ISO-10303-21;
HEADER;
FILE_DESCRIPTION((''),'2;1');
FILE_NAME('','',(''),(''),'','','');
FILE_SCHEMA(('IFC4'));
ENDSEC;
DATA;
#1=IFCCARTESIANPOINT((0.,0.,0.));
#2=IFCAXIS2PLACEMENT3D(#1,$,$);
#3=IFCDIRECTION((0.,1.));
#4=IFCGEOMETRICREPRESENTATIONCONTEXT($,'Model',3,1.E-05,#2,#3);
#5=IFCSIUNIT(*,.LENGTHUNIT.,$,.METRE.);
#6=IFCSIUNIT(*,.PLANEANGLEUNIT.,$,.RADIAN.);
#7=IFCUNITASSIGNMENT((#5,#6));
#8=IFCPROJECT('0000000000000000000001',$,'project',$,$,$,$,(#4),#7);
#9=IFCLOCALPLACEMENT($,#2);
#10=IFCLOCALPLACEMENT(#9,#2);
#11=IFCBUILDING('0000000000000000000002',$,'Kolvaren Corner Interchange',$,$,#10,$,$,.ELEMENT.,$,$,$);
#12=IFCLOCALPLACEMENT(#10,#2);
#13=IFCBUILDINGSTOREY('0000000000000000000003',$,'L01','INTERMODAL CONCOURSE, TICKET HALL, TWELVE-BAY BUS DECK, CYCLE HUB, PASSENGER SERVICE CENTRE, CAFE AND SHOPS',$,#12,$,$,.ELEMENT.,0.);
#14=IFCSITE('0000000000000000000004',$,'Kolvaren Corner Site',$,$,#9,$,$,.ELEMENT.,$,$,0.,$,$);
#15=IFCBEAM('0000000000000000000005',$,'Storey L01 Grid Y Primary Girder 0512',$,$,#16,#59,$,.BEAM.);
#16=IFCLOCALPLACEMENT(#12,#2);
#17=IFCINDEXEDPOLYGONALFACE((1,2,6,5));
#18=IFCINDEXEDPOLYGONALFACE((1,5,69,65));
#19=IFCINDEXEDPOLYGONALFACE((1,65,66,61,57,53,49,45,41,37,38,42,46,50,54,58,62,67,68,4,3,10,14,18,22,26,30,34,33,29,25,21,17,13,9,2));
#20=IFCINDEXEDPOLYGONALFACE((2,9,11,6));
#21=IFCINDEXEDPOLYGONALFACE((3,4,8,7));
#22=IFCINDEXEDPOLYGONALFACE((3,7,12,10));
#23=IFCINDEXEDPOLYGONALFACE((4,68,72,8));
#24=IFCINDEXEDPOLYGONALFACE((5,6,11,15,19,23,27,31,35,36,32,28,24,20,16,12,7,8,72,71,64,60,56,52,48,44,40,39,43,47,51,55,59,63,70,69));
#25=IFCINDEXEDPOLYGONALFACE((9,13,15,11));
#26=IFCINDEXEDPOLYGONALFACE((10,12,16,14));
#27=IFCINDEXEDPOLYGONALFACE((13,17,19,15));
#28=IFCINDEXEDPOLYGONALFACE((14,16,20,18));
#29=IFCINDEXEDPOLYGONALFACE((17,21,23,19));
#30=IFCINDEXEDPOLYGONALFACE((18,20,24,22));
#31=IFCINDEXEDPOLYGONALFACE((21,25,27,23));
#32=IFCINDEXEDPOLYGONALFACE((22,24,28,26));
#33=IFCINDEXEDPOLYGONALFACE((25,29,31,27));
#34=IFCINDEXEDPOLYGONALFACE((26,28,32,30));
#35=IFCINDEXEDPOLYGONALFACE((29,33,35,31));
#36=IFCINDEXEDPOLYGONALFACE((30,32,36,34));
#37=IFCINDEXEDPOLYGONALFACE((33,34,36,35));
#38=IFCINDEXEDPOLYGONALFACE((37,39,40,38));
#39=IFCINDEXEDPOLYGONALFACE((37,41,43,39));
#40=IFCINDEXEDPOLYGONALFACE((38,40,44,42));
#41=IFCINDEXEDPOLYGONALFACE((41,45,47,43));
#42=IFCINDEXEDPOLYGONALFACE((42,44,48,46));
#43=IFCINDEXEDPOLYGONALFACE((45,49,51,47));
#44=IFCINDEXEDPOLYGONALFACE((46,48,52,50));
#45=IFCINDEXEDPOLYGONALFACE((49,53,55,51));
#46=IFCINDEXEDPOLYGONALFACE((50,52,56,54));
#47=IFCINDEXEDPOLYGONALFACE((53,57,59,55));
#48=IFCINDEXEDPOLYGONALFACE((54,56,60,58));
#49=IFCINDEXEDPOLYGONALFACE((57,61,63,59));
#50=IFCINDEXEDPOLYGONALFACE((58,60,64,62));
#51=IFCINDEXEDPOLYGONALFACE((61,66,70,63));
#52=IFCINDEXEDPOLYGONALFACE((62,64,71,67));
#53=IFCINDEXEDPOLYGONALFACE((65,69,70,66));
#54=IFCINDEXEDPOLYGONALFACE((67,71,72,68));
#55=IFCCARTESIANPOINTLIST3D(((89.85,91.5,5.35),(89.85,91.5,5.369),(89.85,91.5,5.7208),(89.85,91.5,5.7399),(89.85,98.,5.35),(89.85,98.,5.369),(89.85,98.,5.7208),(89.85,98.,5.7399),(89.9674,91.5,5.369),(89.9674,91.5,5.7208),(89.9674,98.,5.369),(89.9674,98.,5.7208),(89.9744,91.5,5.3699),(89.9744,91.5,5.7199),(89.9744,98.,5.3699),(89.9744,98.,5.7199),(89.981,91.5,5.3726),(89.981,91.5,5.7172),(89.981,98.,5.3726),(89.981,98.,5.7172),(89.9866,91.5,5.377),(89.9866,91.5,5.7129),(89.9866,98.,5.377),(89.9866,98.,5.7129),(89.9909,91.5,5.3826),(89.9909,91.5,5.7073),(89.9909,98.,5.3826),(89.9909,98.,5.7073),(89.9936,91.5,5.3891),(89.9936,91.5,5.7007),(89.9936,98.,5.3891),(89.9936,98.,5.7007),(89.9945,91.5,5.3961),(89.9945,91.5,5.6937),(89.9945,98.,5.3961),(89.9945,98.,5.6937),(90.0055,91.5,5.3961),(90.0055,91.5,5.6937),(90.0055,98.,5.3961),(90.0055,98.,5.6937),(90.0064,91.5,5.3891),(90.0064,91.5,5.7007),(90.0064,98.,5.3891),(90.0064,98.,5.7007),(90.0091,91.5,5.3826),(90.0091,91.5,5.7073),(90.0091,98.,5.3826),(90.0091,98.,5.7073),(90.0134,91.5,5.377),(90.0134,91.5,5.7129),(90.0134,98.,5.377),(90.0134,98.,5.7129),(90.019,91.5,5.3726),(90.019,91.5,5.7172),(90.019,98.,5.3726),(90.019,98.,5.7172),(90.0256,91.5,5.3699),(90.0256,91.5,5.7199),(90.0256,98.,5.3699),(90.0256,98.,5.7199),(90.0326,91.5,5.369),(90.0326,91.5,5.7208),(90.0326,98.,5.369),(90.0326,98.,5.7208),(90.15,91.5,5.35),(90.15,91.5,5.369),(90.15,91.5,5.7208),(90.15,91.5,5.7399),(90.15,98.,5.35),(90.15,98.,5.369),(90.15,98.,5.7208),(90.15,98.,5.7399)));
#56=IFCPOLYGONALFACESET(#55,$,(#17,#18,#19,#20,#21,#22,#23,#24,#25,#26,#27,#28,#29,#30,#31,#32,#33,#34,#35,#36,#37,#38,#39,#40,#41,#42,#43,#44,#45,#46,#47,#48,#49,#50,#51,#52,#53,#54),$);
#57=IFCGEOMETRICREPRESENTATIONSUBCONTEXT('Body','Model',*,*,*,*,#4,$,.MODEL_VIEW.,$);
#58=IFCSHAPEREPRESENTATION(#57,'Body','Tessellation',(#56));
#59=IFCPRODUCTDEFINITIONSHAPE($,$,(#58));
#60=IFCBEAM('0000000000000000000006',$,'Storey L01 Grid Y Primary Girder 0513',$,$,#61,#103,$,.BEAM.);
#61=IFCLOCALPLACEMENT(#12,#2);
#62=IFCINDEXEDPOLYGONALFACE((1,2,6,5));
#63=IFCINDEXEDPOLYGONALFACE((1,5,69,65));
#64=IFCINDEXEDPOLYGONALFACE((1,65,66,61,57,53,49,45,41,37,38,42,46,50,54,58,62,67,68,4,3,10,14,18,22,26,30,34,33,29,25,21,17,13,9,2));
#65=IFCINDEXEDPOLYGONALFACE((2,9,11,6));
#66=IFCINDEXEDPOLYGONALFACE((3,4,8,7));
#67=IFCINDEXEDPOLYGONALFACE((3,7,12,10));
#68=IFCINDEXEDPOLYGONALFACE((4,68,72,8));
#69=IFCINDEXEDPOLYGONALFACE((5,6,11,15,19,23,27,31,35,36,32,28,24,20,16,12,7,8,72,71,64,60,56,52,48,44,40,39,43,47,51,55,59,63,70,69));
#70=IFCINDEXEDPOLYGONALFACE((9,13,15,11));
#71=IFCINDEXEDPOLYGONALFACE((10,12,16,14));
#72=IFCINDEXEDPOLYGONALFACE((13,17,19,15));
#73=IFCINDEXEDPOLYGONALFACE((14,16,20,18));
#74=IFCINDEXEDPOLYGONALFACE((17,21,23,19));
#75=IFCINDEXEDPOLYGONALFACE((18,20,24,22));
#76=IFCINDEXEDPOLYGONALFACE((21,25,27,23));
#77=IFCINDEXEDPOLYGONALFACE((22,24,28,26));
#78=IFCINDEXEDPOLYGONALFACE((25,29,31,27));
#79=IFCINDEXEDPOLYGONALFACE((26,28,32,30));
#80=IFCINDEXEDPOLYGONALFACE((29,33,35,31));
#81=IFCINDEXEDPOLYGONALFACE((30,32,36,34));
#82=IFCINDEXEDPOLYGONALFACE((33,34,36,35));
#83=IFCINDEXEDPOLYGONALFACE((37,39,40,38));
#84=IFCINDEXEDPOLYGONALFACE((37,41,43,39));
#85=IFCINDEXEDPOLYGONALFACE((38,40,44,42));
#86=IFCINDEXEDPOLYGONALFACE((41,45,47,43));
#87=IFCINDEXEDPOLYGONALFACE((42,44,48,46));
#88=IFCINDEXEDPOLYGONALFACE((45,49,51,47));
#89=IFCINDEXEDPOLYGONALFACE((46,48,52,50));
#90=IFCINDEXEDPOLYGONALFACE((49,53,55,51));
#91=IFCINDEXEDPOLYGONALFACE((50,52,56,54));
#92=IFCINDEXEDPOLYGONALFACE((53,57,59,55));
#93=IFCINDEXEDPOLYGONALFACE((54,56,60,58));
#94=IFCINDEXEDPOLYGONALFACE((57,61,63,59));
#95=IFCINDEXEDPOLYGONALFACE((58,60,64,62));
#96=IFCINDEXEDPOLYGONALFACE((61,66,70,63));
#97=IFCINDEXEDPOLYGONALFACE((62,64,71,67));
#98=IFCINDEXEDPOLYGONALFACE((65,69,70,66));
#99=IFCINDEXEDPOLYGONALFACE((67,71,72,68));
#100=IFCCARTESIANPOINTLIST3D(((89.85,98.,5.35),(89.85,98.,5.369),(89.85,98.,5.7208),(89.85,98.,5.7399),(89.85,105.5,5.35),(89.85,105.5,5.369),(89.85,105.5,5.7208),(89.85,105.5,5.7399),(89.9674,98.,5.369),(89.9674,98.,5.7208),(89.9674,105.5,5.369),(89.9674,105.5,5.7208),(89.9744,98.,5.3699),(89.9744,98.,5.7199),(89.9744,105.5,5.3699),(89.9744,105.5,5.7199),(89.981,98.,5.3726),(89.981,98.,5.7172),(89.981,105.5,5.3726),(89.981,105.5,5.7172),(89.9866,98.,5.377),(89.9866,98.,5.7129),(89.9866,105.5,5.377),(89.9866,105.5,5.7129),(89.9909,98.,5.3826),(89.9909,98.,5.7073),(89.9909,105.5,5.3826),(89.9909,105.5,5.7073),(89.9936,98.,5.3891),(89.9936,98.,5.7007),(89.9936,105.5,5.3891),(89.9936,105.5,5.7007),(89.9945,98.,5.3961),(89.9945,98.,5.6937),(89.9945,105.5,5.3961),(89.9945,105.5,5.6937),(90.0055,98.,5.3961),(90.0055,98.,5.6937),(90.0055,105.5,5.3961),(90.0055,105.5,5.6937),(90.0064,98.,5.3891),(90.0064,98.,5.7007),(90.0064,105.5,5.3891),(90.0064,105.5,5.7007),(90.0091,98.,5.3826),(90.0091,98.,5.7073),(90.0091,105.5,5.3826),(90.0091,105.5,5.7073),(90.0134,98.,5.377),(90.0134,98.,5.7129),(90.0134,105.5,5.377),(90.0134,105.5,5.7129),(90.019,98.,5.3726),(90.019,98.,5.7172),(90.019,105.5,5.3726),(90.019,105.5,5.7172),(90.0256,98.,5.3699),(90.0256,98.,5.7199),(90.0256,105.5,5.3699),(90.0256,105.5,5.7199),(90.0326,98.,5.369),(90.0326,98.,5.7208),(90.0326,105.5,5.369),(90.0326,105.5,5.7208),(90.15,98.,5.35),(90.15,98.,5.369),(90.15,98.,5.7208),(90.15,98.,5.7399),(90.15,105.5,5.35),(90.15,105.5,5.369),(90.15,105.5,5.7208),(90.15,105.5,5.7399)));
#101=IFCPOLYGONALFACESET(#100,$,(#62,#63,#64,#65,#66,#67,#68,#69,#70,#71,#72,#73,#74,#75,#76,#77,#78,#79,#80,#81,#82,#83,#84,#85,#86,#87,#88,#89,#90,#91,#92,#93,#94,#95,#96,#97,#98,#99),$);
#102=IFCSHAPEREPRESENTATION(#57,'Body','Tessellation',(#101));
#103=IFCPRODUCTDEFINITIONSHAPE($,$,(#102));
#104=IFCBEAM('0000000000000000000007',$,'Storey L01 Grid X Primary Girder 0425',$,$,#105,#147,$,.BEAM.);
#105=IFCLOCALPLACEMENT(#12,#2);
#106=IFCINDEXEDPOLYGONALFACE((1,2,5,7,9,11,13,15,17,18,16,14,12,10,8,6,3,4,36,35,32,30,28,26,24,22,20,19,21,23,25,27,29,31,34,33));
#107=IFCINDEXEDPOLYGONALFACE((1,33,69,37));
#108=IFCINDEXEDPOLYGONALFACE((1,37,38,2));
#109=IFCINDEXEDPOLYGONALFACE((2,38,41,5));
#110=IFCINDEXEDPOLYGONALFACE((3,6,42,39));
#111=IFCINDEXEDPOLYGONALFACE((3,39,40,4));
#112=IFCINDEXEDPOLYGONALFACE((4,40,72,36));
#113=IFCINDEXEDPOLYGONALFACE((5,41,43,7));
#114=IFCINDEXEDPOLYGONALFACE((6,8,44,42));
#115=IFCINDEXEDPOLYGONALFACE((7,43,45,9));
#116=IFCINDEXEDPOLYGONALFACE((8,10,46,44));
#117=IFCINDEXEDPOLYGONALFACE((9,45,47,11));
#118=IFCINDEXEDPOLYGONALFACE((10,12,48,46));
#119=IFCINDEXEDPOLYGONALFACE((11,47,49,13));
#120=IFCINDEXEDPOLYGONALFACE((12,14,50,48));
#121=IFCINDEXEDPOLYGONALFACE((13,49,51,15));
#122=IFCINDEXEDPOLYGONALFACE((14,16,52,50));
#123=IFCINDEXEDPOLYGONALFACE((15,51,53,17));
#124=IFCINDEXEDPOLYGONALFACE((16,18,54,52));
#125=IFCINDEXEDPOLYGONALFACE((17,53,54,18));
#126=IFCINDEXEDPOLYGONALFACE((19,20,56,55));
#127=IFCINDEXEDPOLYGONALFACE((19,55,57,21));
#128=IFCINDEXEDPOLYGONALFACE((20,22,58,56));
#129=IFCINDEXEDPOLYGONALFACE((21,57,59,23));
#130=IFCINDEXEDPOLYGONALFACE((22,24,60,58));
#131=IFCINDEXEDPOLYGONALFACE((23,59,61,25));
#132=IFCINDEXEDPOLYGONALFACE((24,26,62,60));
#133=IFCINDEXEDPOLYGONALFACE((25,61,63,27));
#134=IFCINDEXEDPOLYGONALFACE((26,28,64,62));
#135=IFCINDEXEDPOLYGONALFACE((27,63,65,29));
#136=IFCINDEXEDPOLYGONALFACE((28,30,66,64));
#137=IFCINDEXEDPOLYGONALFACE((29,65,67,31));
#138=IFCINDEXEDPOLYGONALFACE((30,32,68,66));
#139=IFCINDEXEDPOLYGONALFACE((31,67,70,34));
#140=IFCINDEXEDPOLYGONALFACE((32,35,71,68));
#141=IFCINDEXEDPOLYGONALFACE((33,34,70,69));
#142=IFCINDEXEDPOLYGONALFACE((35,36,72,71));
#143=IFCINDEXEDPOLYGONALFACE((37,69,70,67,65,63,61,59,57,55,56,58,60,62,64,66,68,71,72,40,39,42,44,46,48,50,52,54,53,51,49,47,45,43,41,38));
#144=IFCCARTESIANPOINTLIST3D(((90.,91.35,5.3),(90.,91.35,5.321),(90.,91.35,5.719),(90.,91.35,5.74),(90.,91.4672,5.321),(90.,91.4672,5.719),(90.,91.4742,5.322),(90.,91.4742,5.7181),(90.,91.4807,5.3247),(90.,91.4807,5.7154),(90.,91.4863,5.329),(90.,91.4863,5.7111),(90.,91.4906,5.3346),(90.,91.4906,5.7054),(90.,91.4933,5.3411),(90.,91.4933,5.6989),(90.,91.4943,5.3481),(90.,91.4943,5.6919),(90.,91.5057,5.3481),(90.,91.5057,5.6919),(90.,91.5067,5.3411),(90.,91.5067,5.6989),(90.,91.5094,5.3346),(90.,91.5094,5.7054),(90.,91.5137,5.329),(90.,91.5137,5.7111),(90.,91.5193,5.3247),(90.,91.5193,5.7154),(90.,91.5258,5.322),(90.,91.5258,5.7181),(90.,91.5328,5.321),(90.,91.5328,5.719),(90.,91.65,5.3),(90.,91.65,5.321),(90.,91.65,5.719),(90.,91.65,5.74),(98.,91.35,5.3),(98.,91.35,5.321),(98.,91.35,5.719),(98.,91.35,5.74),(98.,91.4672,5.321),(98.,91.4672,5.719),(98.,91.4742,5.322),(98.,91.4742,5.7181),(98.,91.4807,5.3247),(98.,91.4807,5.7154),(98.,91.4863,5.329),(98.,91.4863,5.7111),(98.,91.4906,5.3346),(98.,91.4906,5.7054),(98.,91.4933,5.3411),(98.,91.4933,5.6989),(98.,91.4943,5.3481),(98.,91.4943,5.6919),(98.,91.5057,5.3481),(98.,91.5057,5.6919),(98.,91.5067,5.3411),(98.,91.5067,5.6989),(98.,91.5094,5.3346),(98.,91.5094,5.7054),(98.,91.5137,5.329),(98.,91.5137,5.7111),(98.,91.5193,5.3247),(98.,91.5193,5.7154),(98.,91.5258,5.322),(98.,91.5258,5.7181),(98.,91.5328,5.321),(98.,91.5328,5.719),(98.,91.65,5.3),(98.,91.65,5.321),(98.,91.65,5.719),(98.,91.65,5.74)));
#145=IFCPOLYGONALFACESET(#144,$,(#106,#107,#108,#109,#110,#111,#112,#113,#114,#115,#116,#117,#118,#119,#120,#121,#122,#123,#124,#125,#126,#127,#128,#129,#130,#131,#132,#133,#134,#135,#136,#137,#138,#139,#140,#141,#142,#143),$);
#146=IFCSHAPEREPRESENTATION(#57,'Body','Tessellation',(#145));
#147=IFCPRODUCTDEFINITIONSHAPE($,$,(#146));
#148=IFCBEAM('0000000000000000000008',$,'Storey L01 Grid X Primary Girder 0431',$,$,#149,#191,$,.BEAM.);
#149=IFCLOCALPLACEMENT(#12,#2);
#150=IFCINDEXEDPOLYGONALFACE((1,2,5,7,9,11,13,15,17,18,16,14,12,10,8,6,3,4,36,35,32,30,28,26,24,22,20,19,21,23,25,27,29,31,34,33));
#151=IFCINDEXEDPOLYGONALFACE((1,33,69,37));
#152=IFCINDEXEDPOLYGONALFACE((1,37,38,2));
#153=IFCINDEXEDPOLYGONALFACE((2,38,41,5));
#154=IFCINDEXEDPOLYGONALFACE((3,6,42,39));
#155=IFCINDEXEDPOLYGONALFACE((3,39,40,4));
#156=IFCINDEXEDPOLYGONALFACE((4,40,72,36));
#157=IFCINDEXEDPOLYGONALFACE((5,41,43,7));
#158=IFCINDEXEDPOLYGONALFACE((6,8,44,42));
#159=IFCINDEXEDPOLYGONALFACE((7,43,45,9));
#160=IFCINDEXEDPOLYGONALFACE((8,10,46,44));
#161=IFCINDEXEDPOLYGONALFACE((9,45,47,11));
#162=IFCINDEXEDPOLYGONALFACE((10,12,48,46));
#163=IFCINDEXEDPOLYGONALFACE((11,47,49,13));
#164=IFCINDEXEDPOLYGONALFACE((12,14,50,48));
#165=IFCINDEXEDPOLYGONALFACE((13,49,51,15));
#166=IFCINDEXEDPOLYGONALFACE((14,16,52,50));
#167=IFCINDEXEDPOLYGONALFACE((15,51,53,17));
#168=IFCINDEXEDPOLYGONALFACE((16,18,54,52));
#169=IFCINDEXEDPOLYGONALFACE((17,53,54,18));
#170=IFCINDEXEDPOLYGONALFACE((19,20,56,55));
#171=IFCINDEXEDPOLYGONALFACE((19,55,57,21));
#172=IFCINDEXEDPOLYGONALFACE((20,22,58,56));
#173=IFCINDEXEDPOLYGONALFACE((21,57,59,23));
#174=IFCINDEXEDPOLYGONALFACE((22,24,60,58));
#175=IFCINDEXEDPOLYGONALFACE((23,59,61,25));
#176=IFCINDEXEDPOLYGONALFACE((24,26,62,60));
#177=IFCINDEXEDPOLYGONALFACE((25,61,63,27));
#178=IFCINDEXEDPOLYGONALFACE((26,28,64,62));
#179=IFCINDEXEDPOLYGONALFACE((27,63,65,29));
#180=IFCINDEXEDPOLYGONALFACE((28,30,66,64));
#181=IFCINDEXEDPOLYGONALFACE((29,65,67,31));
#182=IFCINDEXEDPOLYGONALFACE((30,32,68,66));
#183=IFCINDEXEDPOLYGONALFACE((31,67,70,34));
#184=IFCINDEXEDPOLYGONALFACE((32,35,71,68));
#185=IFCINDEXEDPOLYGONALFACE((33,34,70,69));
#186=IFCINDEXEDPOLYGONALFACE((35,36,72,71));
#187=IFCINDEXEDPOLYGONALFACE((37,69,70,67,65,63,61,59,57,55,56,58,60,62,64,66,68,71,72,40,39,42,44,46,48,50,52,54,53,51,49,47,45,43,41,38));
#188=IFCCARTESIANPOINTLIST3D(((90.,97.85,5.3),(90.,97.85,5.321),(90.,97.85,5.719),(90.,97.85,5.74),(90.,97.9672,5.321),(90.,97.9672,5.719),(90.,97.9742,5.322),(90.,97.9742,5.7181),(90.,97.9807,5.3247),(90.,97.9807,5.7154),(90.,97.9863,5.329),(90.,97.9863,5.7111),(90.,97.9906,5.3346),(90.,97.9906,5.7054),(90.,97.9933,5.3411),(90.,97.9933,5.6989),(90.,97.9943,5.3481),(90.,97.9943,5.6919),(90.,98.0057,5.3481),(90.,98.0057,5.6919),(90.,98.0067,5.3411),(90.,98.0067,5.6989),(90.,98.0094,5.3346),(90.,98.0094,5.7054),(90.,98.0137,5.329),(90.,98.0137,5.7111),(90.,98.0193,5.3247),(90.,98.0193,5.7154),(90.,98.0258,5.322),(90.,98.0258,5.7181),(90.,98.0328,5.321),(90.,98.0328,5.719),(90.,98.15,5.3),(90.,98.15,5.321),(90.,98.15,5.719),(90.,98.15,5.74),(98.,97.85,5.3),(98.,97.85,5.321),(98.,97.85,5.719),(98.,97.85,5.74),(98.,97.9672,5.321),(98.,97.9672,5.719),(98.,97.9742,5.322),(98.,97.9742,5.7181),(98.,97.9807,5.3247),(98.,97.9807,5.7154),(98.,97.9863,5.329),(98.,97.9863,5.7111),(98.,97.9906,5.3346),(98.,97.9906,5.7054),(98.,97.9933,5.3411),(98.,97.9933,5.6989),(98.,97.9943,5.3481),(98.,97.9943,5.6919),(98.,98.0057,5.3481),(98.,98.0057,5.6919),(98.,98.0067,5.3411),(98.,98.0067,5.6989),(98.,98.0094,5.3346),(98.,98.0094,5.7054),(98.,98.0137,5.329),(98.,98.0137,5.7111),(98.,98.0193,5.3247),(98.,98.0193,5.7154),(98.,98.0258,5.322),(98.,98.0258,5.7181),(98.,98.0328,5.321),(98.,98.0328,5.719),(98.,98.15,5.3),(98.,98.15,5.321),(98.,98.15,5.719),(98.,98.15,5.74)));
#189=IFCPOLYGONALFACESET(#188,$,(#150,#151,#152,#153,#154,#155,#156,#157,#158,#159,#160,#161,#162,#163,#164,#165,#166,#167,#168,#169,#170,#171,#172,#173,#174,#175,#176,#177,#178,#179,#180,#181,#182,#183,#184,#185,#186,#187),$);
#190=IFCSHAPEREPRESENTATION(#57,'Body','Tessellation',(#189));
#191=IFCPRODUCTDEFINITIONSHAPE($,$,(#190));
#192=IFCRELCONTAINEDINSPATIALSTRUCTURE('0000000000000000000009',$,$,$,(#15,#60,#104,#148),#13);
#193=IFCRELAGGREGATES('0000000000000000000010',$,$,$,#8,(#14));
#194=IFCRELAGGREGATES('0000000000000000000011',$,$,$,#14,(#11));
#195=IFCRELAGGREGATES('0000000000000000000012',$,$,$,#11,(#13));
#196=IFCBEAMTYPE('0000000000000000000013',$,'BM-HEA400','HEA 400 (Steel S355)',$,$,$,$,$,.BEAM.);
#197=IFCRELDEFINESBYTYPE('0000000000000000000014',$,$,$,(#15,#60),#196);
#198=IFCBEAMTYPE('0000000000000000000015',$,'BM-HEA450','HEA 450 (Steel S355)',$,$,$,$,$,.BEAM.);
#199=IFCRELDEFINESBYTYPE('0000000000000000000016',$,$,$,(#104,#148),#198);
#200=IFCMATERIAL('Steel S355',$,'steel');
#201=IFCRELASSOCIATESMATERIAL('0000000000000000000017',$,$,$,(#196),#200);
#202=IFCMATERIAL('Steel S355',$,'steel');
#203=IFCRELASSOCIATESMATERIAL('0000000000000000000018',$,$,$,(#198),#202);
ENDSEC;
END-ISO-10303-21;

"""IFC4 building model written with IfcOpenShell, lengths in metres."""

from ifc_helpers import new_model, si_unit, direction, frame, origin, origin_2d, place, context, subcontext, project, spatial, i_section, extrude, material, material_profile, profile_set, type_object, element, save


model = new_model("IFC4")

# Units and contexts
model_context = context("Model", 3, precision=1e-05, world=origin(), true_north=direction((0.0, 1.0)))
body_context = subcontext(model_context, "Body", "Model", "MODEL_VIEW")
ifc_project = project(units=[si_unit("LENGTHUNIT", "METRE"), si_unit("PLANEANGLEUNIT", "RADIAN")], contexts=[model_context])

# Site, building, storey
site_placement = place(None, origin())
site = spatial("IfcSite", under=ifc_project, at=site_placement, Name="Kolvaren Corner Site", CompositionType="ELEMENT", RefElevation=0.0)
building_placement = place(site_placement, origin())
building = spatial("IfcBuilding", under=site, at=building_placement, Name="Kolvaren Corner Interchange", CompositionType="ELEMENT")
storey_placement = place(building_placement, origin())
storey = spatial("IfcBuildingStorey", under=building, at=storey_placement, Name="L01", Description="INTERMODAL CONCOURSE, TICKET HALL, TWELVE-BAY BUS DECK, CYCLE HUB, PASSENGER SERVICE CENTRE, CAFE AND SHOPS", CompositionType="ELEMENT", Elevation=0.0)

# Beams
ifc_material_1 = material(Name="Steel S355", Category="steel")
ifc_material_profile_1 = material_profile(ifc_material_1, i_section(OverallWidth=0.3, OverallDepth=0.3899, WebThickness=0.011, FlangeThickness=0.019, FilletRadius=0.0271, at=origin_2d()), Name="HEA 400")
ifc_profile_set_1 = profile_set([ifc_material_profile_1], Name="Steel S355")
beam_type_1 = type_object("IfcBeamType", Name="BM-HEA400", Description="HEA 400 (Steel S355)", PredefinedType="BEAM", material=ifc_profile_set_1)
beam_1_placement = place(storey_placement, frame((90.0, 91.5, 5.5449), z_axis=(0.0, 1.0, 0.0), x_axis=(-1.0, 0.0, 0.0)))
element("IfcBeam", 1, at=beam_1_placement, inside=storey, type_object=beam_type_1, Name="Storey L01 Grid Y Primary Girder 0512", PredefinedType="BEAM", context=body_context, shape_type="SweptSolid", body=[
    extrude(i_section(OverallWidth=0.3, OverallDepth=0.3899, WebThickness=0.011, FlangeThickness=0.019, FilletRadius=0.0271, at=origin_2d()), origin(), (0.0, 0.0, 1.0), 6.5),
])
beam_2_placement = place(storey_placement, frame((90.0, 98.0, 5.5449), z_axis=(0.0, 1.0, 0.0), x_axis=(-1.0, 0.0, 0.0)))
element("IfcBeam", 2, at=beam_2_placement, inside=storey, type_object=beam_type_1, Name="Storey L01 Grid Y Primary Girder 0513", PredefinedType="BEAM", context=body_context, shape_type="SweptSolid", body=[
    extrude(i_section(OverallWidth=0.3, OverallDepth=0.3899, WebThickness=0.011, FlangeThickness=0.019, FilletRadius=0.0271, at=origin_2d()), origin(), (0.0, 0.0, 1.0), 7.5),
])
ifc_material_2 = material(Name="Steel S355", Category="steel")
ifc_material_profile_2 = material_profile(ifc_material_2, i_section(OverallWidth=0.3, OverallDepth=0.4399, WebThickness=0.0115, FlangeThickness=0.021, FilletRadius=0.0271, at=origin_2d()), Name="HEA 450")
ifc_profile_set_2 = profile_set([ifc_material_profile_2], Name="Steel S355")
beam_type_2 = type_object("IfcBeamType", Name="BM-HEA450", Description="HEA 450 (Steel S355)", PredefinedType="BEAM", material=ifc_profile_set_2)
for number, where, z_axis, x_axis, name in (
    (3, (90.0, 91.5, 5.52), (1.0, 0.0, 0.0), (0.0, 1.0, 0.0), "Storey L01 Grid X Primary Girder 0425"),
    (4, (90.0, 98.0, 5.52), (1.0, 0.0, 0.0), (0.0, 1.0, 0.0), "Storey L01 Grid X Primary Girder 0431"),
):
    element("IfcBeam", number, at=place(storey_placement, frame(where, z_axis=z_axis, x_axis=x_axis)), inside=storey, type_object=beam_type_2, Name=name, PredefinedType="BEAM", context=body_context, shape_type="SweptSolid", body=[
        extrude(i_section(OverallWidth=0.3, OverallDepth=0.4399, WebThickness=0.0115, FlangeThickness=0.021, FilletRadius=0.0271, at=origin_2d()), origin(), (0.0, 0.0, 1.0), 8.0),
    ])

save(model, "model.ifc")
